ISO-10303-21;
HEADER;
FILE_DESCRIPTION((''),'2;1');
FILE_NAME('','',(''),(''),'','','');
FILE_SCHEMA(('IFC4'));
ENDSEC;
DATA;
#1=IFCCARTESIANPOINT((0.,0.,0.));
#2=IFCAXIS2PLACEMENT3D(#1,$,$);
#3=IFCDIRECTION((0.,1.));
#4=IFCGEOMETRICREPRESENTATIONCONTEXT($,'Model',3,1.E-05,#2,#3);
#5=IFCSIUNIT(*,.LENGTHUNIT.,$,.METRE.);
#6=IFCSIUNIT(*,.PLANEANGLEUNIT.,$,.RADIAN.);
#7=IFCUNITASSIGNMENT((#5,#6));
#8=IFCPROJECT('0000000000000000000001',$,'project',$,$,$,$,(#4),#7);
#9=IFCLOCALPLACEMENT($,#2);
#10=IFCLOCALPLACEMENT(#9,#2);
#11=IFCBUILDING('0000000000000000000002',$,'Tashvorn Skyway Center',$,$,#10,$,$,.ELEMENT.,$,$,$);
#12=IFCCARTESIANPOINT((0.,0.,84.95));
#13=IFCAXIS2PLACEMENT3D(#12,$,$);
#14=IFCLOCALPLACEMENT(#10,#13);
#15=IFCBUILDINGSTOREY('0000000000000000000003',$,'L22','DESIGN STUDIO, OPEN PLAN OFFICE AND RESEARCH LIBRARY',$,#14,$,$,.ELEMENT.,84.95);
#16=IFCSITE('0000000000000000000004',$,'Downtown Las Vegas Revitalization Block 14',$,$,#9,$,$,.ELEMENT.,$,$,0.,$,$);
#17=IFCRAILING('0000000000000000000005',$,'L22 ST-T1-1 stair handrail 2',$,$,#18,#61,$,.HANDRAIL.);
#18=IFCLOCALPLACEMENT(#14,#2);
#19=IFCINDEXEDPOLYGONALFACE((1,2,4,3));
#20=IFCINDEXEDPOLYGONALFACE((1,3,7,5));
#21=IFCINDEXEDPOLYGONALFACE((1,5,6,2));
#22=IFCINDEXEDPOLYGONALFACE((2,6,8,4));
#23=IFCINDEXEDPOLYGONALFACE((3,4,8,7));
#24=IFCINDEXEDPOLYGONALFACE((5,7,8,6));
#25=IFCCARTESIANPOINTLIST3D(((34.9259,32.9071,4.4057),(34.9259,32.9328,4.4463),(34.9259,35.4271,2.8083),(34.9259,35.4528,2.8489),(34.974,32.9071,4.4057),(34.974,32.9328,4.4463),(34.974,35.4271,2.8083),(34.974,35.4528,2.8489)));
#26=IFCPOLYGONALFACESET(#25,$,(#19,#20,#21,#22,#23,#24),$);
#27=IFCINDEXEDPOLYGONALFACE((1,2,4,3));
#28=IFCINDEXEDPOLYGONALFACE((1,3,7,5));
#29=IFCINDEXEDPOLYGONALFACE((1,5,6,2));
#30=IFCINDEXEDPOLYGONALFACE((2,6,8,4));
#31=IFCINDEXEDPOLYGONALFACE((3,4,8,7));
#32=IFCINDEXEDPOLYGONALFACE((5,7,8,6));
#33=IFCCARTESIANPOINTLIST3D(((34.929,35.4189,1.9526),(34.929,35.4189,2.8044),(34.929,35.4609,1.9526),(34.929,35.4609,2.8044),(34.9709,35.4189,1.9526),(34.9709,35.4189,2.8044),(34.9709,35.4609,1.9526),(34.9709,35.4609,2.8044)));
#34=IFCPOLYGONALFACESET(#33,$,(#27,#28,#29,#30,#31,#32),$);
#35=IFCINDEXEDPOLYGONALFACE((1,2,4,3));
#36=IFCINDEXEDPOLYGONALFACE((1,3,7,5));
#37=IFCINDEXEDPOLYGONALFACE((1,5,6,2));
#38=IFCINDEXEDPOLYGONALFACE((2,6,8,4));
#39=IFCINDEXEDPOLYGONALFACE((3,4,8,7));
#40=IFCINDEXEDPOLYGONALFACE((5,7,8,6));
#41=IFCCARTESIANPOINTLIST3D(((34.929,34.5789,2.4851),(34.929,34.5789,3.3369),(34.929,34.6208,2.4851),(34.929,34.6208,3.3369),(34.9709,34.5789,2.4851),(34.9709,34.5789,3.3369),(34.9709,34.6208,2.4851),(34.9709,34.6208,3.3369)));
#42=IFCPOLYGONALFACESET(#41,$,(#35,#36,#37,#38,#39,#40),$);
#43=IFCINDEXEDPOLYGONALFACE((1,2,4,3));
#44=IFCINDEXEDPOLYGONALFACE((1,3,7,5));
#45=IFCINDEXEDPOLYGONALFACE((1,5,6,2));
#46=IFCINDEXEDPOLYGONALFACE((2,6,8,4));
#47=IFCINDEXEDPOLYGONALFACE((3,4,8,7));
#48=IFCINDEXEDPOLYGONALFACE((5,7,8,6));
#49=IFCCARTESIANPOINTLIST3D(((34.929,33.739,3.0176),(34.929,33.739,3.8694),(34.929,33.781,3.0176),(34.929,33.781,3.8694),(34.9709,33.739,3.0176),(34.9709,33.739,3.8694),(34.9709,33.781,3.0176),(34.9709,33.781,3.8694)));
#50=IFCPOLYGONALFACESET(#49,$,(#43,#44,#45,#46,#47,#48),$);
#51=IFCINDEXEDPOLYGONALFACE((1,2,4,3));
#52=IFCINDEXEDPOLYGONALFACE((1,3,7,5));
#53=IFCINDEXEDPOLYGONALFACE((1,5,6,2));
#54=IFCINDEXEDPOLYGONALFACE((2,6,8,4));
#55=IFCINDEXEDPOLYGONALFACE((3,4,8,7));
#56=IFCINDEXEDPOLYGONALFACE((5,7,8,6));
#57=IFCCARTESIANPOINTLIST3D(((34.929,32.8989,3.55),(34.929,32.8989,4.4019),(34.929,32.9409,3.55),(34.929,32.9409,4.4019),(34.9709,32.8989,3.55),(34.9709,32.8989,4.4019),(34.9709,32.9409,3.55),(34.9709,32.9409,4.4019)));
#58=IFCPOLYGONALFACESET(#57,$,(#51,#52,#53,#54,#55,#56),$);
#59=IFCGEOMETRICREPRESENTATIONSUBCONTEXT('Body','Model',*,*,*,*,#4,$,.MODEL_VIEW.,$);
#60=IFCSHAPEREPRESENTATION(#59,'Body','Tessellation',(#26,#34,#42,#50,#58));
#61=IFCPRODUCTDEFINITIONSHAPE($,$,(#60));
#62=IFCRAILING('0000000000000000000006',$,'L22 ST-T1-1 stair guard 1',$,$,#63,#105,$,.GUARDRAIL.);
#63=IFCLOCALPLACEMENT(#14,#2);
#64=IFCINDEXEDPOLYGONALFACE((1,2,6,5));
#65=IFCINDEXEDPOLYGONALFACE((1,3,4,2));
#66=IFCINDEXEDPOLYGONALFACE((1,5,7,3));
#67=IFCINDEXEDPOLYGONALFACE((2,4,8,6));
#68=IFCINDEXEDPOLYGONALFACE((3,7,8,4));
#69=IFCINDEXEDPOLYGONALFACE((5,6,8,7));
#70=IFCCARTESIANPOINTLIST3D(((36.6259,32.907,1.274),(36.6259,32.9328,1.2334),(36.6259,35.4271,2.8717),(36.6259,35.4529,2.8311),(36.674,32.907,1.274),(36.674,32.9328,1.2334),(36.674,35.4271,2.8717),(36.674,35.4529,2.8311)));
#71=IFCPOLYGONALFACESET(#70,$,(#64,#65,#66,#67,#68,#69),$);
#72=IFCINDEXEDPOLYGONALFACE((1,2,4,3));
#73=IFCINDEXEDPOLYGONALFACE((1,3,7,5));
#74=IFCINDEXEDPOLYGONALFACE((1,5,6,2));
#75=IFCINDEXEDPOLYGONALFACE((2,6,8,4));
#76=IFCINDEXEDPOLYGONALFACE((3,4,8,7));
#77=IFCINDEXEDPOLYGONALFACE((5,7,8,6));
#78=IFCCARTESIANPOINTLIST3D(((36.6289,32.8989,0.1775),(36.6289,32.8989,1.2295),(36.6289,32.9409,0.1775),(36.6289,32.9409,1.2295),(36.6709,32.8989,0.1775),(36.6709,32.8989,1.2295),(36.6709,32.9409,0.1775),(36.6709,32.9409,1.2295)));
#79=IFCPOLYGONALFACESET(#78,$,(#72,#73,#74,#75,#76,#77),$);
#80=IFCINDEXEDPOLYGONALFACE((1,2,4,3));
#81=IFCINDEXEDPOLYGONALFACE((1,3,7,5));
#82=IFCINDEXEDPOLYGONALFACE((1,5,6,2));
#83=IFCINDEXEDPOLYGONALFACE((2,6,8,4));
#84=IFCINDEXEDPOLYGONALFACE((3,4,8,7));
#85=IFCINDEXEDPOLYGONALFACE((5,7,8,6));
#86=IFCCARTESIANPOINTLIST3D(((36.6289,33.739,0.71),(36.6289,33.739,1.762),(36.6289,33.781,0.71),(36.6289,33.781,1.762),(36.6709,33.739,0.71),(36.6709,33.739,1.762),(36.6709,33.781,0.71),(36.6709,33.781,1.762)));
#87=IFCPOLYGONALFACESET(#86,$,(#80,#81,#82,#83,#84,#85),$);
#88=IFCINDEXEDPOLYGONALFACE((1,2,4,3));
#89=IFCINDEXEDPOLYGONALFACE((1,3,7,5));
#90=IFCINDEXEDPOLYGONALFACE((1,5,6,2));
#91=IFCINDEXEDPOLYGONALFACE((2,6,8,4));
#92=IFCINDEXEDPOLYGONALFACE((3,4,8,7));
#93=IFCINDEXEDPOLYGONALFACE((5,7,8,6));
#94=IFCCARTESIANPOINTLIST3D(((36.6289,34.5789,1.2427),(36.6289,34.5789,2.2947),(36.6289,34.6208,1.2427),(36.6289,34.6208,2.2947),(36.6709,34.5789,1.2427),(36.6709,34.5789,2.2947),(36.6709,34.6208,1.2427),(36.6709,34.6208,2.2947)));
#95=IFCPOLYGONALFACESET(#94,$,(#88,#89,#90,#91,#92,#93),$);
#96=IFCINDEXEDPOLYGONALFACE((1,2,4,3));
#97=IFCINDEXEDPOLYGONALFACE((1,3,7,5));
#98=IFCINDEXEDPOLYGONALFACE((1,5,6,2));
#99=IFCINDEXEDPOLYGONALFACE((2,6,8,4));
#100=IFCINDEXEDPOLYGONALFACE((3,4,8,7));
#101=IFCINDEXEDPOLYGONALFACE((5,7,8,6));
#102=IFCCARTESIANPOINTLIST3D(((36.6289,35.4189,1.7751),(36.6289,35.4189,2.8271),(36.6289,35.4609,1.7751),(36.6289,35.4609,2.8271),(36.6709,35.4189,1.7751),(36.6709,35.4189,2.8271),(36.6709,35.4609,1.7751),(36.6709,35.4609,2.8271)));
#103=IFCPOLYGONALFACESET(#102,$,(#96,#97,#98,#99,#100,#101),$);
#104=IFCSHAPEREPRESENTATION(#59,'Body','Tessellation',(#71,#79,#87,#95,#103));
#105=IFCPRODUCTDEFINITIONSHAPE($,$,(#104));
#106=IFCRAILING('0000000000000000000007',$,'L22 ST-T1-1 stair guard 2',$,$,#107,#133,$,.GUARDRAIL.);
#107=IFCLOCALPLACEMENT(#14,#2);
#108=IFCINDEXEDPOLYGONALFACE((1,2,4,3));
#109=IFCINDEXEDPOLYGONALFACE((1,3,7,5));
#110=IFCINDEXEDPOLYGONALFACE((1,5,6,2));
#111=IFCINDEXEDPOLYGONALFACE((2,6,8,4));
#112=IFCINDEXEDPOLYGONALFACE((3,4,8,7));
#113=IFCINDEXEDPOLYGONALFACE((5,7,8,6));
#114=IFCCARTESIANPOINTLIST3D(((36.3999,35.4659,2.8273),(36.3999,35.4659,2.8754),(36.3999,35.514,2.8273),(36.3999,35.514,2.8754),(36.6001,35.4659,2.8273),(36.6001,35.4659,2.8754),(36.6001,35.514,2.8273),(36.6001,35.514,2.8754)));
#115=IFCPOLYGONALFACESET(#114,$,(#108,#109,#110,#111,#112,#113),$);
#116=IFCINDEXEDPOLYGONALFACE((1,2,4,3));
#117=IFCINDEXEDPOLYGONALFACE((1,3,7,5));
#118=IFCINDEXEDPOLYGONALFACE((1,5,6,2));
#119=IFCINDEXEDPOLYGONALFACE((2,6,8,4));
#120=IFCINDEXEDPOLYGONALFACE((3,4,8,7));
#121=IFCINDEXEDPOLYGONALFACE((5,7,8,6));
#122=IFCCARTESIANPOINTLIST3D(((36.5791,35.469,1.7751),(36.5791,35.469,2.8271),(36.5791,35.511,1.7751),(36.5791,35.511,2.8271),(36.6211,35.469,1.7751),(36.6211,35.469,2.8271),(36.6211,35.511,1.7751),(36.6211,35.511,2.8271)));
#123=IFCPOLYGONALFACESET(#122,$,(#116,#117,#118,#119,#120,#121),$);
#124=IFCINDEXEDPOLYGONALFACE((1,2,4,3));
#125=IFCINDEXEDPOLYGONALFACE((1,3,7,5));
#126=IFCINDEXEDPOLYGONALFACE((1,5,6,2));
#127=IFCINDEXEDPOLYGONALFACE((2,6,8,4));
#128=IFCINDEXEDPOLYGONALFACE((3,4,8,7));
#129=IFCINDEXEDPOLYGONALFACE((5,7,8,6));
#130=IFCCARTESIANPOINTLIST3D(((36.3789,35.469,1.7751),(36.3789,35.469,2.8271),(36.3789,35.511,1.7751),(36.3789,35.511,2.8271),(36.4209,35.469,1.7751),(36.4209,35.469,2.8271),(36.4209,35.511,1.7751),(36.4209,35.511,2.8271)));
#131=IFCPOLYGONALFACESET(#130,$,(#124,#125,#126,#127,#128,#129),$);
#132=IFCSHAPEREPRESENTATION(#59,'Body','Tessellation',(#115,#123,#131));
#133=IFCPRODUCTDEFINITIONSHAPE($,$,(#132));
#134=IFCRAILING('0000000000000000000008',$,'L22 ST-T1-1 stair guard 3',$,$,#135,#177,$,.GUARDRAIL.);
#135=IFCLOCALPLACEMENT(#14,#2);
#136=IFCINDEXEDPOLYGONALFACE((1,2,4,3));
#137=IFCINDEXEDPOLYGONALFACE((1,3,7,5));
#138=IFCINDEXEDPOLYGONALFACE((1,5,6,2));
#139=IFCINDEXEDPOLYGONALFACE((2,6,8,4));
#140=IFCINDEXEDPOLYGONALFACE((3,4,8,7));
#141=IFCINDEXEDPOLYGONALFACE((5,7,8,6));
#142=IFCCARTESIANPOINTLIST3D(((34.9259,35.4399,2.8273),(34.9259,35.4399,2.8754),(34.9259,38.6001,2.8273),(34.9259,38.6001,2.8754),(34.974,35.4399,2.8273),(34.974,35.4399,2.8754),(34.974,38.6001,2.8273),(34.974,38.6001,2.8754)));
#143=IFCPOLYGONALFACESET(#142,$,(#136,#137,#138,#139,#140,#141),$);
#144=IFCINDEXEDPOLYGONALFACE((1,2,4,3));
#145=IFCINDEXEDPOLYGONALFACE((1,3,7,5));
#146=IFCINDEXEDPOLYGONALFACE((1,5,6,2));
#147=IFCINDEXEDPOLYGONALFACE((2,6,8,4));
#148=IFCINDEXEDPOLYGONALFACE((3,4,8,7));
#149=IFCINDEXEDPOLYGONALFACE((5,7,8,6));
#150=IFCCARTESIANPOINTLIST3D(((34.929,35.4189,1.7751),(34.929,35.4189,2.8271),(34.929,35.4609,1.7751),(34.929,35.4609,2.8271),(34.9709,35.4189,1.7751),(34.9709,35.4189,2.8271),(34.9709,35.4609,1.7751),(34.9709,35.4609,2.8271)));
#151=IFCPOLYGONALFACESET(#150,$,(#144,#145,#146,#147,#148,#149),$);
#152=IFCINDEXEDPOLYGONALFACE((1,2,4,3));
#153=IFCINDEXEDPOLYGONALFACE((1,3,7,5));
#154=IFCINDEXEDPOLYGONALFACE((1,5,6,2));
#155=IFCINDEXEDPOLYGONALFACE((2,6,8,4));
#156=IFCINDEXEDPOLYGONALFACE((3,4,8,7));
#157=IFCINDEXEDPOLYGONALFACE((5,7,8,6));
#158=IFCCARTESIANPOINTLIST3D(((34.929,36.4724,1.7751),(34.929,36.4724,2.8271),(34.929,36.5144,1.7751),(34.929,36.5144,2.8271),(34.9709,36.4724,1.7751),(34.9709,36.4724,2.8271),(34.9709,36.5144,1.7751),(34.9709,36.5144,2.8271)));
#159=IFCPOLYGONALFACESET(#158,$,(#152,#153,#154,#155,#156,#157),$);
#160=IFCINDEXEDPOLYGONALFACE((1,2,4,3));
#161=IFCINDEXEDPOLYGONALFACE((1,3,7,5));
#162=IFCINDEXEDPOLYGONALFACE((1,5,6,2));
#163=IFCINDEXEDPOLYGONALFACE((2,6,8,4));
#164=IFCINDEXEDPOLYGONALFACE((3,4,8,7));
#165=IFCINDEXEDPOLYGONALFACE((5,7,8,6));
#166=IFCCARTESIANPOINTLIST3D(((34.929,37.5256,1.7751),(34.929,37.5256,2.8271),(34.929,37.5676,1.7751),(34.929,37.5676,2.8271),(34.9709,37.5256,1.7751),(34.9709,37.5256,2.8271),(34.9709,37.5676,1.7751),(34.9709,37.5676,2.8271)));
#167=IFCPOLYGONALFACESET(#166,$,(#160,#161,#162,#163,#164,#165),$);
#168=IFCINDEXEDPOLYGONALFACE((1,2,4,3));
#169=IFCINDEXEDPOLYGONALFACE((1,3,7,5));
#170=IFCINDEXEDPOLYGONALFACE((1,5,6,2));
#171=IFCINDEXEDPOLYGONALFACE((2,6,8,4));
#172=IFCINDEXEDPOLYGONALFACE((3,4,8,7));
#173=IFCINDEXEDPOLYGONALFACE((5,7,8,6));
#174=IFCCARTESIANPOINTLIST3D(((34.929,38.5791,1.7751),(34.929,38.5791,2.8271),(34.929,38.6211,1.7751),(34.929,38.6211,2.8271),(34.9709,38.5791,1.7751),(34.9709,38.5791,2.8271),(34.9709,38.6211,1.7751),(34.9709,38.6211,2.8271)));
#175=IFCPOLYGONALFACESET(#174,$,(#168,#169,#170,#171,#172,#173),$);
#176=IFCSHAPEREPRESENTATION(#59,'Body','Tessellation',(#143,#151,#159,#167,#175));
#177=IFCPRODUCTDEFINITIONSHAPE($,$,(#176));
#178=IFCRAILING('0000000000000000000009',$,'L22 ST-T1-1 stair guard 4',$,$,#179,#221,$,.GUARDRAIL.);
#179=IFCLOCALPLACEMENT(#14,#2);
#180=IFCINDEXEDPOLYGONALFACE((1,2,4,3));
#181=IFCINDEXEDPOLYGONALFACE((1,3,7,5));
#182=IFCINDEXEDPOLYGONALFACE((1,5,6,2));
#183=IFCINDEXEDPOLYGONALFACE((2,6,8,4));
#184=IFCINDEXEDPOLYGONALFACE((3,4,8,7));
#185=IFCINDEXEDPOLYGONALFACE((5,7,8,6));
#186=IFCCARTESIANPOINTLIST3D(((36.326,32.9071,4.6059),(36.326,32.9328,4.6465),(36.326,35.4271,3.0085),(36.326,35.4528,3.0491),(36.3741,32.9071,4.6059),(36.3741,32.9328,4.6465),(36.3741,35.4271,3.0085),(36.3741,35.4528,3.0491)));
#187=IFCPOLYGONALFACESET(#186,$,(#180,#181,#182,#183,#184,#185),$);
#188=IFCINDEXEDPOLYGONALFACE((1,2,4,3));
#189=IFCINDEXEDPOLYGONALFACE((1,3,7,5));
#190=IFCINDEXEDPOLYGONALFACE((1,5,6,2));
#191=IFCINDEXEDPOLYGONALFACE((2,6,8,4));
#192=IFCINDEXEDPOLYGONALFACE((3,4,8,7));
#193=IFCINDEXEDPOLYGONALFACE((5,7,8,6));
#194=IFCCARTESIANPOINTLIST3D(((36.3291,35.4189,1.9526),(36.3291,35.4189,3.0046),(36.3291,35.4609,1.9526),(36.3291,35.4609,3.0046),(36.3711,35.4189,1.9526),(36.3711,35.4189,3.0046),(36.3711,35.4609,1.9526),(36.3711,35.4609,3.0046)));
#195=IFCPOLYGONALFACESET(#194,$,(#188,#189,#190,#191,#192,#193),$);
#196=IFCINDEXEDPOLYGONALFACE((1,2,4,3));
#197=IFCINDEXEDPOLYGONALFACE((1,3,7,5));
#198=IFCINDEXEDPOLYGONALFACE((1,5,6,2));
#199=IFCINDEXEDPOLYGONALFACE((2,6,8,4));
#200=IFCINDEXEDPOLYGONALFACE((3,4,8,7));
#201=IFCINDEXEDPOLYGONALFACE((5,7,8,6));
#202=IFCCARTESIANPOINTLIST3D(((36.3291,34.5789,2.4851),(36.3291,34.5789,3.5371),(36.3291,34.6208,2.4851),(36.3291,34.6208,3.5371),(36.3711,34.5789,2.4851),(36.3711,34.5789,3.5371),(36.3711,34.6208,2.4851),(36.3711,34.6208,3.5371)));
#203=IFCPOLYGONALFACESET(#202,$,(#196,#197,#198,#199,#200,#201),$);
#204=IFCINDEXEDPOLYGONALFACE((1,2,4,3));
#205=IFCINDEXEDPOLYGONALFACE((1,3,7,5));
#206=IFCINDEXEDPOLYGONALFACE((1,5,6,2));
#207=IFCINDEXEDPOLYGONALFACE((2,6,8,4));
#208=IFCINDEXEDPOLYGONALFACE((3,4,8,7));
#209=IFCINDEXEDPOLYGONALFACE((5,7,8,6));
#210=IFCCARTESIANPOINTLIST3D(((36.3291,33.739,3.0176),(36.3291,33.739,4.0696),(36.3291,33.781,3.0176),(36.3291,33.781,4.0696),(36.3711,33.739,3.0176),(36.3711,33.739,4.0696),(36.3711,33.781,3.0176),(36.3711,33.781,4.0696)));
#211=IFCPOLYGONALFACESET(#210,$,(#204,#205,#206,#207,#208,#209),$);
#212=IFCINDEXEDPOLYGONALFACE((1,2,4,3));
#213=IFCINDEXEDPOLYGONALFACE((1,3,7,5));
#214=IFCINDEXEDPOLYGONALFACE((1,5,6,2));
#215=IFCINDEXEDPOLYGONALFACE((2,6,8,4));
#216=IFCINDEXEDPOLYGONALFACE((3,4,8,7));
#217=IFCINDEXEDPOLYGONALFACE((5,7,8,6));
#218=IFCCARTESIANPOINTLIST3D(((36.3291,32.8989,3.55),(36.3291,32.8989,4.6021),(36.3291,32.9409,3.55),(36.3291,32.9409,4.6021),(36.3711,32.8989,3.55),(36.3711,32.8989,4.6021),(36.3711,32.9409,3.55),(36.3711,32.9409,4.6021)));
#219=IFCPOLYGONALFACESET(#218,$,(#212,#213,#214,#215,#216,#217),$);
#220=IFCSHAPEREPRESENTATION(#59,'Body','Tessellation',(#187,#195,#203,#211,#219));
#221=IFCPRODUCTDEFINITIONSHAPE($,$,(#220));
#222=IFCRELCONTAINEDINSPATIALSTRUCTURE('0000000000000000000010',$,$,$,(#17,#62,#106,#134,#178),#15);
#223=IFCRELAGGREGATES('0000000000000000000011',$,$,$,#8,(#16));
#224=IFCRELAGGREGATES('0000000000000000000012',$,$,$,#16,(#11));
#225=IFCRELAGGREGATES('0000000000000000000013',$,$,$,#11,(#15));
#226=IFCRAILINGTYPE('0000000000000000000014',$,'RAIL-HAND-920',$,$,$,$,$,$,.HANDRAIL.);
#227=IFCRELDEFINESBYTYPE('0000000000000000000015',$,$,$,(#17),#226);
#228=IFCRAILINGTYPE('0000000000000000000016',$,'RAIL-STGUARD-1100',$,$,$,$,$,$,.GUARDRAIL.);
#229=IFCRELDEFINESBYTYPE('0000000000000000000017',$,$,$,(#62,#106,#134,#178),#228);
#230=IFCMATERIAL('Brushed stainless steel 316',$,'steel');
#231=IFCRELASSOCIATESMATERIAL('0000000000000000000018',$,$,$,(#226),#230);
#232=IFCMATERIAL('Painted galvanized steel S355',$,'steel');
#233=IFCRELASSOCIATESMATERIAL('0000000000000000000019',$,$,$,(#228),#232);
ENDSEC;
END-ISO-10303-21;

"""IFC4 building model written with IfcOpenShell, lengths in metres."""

from ifc_helpers import new_model, si_unit, direction, frame, origin, origin_2d, place, context, subcontext, project, spatial, rectangle, extrude, material, type_object, element, save


model = new_model("IFC4")

# Units and contexts
model_context = context("Model", 3, precision=1e-05, world=origin(), true_north=direction((0.0, 1.0)))
body_context = subcontext(model_context, "Body", "Model", "MODEL_VIEW")
ifc_project = project(units=[si_unit("LENGTHUNIT", "METRE"), si_unit("PLANEANGLEUNIT", "RADIAN")], contexts=[model_context])

# Site, building, storey
site_placement = place(None, origin())
site = spatial("IfcSite", under=ifc_project, at=site_placement, Name="Downtown Las Vegas Revitalization Block 14", CompositionType="ELEMENT", RefElevation=0.0)
building_placement = place(site_placement, origin())
building = spatial("IfcBuilding", under=site, at=building_placement, Name="Tashvorn Skyway Center", CompositionType="ELEMENT")
storey_placement = place(building_placement, frame((0.0, 0.0, 84.95)))
storey = spatial("IfcBuildingStorey", under=building, at=storey_placement, Name="L22", Description="DESIGN STUDIO, OPEN PLAN OFFICE AND RESEARCH LIBRARY", CompositionType="ELEMENT", Elevation=84.95)

# Railings
ifc_material_1 = material(Name="Brushed stainless steel 316", Category="steel")
railing_type_1 = type_object("IfcRailingType", Name="RAIL-HAND-920", PredefinedType="HANDRAIL", material=ifc_material_1)
railing_1_placement = place(storey_placement, frame((34.95, 35.4399, 1.9526)))
element("IfcRailing", 1, at=railing_1_placement, inside=storey, type_object=railing_type_1, Name="L22 ST-T1-1 stair handrail 2", PredefinedType="HANDRAIL", context=body_context, shape_type="SweptSolid", body=[
    extrude(rectangle(XDim=0.0481, YDim=0.0481, at=origin_2d()), frame((0.0, 0.0, 0.876), z_axis=(0.0, -0.844607, 0.535387), x_axis=(1.0, 0.0, 0.0)), (0.0, 0.0, 1.0), 2.9836),
    extrude(rectangle(XDim=0.042, YDim=0.042, at=origin_2d()), origin(), (0.0, 0.0, 1.0), 0.8518),
    extrude(rectangle(XDim=0.042, YDim=0.042, at=origin_2d()), frame((0.0, -0.8401, 0.5325)), (0.0, 0.0, 1.0), 0.8518),
    extrude(rectangle(XDim=0.042, YDim=0.042, at=origin_2d()), frame((0.0, -1.6799, 1.0649)), (0.0, 0.0, 1.0), 0.8518),
    extrude(rectangle(XDim=0.042, YDim=0.042, at=origin_2d()), frame((0.0, -2.52, 1.5974)), (0.0, 0.0, 1.0), 0.8518),
])
ifc_material_2 = material(Name="Painted galvanized steel S355", Category="steel")
railing_type_2 = type_object("IfcRailingType", Name="RAIL-STGUARD-1100", PredefinedType="GUARDRAIL", material=ifc_material_2)
railing_2_placement = place(storey_placement, frame((36.6499, 32.9199, 0.1775)))
element("IfcRailing", 2, at=railing_2_placement, inside=storey, type_object=railing_type_2, Name="L22 ST-T1-1 stair guard 1", PredefinedType="GUARDRAIL", context=body_context, shape_type="SweptSolid", body=[
    extrude(rectangle(XDim=0.0481, YDim=0.0481, at=origin_2d()), frame((0.0, 0.0, 1.0762), z_axis=(0.0, 0.84457, 0.535445), x_axis=(-1.0, 0.0, 0.0)), (0.0, 0.0, 1.0), 2.9839),
    extrude(rectangle(XDim=0.042, YDim=0.042, at=origin_2d()), origin(), (0.0, 0.0, 1.0), 1.052),
    extrude(rectangle(XDim=0.042, YDim=0.042, at=origin_2d()), frame((0.0, 0.8401, 0.5325)), (0.0, 0.0, 1.0), 1.052),
    extrude(rectangle(XDim=0.042, YDim=0.042, at=origin_2d()), frame((0.0, 1.6799, 1.0652)), (0.0, 0.0, 1.0), 1.052),
    extrude(rectangle(XDim=0.042, YDim=0.042, at=origin_2d()), frame((0.0, 2.52, 1.5977)), (0.0, 0.0, 1.0), 1.052),
])
railing_3_placement = place(storey_placement, frame((36.6001, 35.49, 1.7751)))
element("IfcRailing", 3, at=railing_3_placement, inside=storey, type_object=railing_type_2, Name="L22 ST-T1-1 stair guard 2", PredefinedType="GUARDRAIL", context=body_context, shape_type="SweptSolid", body=[
    extrude(rectangle(XDim=0.0481, YDim=0.0481, at=origin_2d()), frame((0.0, 0.0, 1.0762), z_axis=(-1.0, 0.0, 0.0), x_axis=(0.0, -1.0, 0.0)), (0.0, 0.0, 1.0), 0.2002),
    extrude(rectangle(XDim=0.042, YDim=0.042, at=origin_2d()), origin(), (0.0, 0.0, 1.0), 1.052),
    extrude(rectangle(XDim=0.042, YDim=0.042, at=origin_2d()), frame((-0.2002, 0.0, 0.0)), (0.0, 0.0, 1.0), 1.052),
])
railing_4_placement = place(storey_placement, frame((34.95, 35.4399, 1.7751)))
element("IfcRailing", 4, at=railing_4_placement, inside=storey, type_object=railing_type_2, Name="L22 ST-T1-1 stair guard 3", PredefinedType="GUARDRAIL", context=body_context, shape_type="SweptSolid", body=[
    extrude(rectangle(XDim=0.0481, YDim=0.0481, at=origin_2d()), frame((0.0, 0.0, 1.0762), z_axis=(0.0, 1.0, 0.0), x_axis=(-1.0, 0.0, 0.0)), (0.0, 0.0, 1.0), 3.1602),
    extrude(rectangle(XDim=0.042, YDim=0.042, at=origin_2d()), origin(), (0.0, 0.0, 1.0), 1.052),
    extrude(rectangle(XDim=0.042, YDim=0.042, at=origin_2d()), frame((0.0, 1.0535, 0.0)), (0.0, 0.0, 1.0), 1.052),
    extrude(rectangle(XDim=0.042, YDim=0.042, at=origin_2d()), frame((0.0, 2.1067, 0.0)), (0.0, 0.0, 1.0), 1.052),
    extrude(rectangle(XDim=0.042, YDim=0.042, at=origin_2d()), frame((0.0, 3.1602, 0.0)), (0.0, 0.0, 1.0), 1.052),
])
railing_5_placement = place(storey_placement, frame((36.3501, 35.4399, 1.9526)))
element("IfcRailing", 5, at=railing_5_placement, inside=storey, type_object=railing_type_2, Name="L22 ST-T1-1 stair guard 4", PredefinedType="GUARDRAIL", context=body_context, shape_type="SweptSolid", body=[
    extrude(rectangle(XDim=0.0481, YDim=0.0481, at=origin_2d()), frame((0.0, 0.0, 1.0762), z_axis=(0.0, -0.844607, 0.535387), x_axis=(1.0, 0.0, 0.0)), (0.0, 0.0, 1.0), 2.9836),
    extrude(rectangle(XDim=0.042, YDim=0.042, at=origin_2d()), origin(), (0.0, 0.0, 1.0), 1.052),
    extrude(rectangle(XDim=0.042, YDim=0.042, at=origin_2d()), frame((0.0, -0.8401, 0.5325)), (0.0, 0.0, 1.0), 1.052),
    extrude(rectangle(XDim=0.042, YDim=0.042, at=origin_2d()), frame((0.0, -1.6799, 1.0649)), (0.0, 0.0, 1.0), 1.052),
    extrude(rectangle(XDim=0.042, YDim=0.042, at=origin_2d()), frame((0.0, -2.52, 1.5974)), (0.0, 0.0, 1.0), 1.052),
])

save(model, "model.ifc")
